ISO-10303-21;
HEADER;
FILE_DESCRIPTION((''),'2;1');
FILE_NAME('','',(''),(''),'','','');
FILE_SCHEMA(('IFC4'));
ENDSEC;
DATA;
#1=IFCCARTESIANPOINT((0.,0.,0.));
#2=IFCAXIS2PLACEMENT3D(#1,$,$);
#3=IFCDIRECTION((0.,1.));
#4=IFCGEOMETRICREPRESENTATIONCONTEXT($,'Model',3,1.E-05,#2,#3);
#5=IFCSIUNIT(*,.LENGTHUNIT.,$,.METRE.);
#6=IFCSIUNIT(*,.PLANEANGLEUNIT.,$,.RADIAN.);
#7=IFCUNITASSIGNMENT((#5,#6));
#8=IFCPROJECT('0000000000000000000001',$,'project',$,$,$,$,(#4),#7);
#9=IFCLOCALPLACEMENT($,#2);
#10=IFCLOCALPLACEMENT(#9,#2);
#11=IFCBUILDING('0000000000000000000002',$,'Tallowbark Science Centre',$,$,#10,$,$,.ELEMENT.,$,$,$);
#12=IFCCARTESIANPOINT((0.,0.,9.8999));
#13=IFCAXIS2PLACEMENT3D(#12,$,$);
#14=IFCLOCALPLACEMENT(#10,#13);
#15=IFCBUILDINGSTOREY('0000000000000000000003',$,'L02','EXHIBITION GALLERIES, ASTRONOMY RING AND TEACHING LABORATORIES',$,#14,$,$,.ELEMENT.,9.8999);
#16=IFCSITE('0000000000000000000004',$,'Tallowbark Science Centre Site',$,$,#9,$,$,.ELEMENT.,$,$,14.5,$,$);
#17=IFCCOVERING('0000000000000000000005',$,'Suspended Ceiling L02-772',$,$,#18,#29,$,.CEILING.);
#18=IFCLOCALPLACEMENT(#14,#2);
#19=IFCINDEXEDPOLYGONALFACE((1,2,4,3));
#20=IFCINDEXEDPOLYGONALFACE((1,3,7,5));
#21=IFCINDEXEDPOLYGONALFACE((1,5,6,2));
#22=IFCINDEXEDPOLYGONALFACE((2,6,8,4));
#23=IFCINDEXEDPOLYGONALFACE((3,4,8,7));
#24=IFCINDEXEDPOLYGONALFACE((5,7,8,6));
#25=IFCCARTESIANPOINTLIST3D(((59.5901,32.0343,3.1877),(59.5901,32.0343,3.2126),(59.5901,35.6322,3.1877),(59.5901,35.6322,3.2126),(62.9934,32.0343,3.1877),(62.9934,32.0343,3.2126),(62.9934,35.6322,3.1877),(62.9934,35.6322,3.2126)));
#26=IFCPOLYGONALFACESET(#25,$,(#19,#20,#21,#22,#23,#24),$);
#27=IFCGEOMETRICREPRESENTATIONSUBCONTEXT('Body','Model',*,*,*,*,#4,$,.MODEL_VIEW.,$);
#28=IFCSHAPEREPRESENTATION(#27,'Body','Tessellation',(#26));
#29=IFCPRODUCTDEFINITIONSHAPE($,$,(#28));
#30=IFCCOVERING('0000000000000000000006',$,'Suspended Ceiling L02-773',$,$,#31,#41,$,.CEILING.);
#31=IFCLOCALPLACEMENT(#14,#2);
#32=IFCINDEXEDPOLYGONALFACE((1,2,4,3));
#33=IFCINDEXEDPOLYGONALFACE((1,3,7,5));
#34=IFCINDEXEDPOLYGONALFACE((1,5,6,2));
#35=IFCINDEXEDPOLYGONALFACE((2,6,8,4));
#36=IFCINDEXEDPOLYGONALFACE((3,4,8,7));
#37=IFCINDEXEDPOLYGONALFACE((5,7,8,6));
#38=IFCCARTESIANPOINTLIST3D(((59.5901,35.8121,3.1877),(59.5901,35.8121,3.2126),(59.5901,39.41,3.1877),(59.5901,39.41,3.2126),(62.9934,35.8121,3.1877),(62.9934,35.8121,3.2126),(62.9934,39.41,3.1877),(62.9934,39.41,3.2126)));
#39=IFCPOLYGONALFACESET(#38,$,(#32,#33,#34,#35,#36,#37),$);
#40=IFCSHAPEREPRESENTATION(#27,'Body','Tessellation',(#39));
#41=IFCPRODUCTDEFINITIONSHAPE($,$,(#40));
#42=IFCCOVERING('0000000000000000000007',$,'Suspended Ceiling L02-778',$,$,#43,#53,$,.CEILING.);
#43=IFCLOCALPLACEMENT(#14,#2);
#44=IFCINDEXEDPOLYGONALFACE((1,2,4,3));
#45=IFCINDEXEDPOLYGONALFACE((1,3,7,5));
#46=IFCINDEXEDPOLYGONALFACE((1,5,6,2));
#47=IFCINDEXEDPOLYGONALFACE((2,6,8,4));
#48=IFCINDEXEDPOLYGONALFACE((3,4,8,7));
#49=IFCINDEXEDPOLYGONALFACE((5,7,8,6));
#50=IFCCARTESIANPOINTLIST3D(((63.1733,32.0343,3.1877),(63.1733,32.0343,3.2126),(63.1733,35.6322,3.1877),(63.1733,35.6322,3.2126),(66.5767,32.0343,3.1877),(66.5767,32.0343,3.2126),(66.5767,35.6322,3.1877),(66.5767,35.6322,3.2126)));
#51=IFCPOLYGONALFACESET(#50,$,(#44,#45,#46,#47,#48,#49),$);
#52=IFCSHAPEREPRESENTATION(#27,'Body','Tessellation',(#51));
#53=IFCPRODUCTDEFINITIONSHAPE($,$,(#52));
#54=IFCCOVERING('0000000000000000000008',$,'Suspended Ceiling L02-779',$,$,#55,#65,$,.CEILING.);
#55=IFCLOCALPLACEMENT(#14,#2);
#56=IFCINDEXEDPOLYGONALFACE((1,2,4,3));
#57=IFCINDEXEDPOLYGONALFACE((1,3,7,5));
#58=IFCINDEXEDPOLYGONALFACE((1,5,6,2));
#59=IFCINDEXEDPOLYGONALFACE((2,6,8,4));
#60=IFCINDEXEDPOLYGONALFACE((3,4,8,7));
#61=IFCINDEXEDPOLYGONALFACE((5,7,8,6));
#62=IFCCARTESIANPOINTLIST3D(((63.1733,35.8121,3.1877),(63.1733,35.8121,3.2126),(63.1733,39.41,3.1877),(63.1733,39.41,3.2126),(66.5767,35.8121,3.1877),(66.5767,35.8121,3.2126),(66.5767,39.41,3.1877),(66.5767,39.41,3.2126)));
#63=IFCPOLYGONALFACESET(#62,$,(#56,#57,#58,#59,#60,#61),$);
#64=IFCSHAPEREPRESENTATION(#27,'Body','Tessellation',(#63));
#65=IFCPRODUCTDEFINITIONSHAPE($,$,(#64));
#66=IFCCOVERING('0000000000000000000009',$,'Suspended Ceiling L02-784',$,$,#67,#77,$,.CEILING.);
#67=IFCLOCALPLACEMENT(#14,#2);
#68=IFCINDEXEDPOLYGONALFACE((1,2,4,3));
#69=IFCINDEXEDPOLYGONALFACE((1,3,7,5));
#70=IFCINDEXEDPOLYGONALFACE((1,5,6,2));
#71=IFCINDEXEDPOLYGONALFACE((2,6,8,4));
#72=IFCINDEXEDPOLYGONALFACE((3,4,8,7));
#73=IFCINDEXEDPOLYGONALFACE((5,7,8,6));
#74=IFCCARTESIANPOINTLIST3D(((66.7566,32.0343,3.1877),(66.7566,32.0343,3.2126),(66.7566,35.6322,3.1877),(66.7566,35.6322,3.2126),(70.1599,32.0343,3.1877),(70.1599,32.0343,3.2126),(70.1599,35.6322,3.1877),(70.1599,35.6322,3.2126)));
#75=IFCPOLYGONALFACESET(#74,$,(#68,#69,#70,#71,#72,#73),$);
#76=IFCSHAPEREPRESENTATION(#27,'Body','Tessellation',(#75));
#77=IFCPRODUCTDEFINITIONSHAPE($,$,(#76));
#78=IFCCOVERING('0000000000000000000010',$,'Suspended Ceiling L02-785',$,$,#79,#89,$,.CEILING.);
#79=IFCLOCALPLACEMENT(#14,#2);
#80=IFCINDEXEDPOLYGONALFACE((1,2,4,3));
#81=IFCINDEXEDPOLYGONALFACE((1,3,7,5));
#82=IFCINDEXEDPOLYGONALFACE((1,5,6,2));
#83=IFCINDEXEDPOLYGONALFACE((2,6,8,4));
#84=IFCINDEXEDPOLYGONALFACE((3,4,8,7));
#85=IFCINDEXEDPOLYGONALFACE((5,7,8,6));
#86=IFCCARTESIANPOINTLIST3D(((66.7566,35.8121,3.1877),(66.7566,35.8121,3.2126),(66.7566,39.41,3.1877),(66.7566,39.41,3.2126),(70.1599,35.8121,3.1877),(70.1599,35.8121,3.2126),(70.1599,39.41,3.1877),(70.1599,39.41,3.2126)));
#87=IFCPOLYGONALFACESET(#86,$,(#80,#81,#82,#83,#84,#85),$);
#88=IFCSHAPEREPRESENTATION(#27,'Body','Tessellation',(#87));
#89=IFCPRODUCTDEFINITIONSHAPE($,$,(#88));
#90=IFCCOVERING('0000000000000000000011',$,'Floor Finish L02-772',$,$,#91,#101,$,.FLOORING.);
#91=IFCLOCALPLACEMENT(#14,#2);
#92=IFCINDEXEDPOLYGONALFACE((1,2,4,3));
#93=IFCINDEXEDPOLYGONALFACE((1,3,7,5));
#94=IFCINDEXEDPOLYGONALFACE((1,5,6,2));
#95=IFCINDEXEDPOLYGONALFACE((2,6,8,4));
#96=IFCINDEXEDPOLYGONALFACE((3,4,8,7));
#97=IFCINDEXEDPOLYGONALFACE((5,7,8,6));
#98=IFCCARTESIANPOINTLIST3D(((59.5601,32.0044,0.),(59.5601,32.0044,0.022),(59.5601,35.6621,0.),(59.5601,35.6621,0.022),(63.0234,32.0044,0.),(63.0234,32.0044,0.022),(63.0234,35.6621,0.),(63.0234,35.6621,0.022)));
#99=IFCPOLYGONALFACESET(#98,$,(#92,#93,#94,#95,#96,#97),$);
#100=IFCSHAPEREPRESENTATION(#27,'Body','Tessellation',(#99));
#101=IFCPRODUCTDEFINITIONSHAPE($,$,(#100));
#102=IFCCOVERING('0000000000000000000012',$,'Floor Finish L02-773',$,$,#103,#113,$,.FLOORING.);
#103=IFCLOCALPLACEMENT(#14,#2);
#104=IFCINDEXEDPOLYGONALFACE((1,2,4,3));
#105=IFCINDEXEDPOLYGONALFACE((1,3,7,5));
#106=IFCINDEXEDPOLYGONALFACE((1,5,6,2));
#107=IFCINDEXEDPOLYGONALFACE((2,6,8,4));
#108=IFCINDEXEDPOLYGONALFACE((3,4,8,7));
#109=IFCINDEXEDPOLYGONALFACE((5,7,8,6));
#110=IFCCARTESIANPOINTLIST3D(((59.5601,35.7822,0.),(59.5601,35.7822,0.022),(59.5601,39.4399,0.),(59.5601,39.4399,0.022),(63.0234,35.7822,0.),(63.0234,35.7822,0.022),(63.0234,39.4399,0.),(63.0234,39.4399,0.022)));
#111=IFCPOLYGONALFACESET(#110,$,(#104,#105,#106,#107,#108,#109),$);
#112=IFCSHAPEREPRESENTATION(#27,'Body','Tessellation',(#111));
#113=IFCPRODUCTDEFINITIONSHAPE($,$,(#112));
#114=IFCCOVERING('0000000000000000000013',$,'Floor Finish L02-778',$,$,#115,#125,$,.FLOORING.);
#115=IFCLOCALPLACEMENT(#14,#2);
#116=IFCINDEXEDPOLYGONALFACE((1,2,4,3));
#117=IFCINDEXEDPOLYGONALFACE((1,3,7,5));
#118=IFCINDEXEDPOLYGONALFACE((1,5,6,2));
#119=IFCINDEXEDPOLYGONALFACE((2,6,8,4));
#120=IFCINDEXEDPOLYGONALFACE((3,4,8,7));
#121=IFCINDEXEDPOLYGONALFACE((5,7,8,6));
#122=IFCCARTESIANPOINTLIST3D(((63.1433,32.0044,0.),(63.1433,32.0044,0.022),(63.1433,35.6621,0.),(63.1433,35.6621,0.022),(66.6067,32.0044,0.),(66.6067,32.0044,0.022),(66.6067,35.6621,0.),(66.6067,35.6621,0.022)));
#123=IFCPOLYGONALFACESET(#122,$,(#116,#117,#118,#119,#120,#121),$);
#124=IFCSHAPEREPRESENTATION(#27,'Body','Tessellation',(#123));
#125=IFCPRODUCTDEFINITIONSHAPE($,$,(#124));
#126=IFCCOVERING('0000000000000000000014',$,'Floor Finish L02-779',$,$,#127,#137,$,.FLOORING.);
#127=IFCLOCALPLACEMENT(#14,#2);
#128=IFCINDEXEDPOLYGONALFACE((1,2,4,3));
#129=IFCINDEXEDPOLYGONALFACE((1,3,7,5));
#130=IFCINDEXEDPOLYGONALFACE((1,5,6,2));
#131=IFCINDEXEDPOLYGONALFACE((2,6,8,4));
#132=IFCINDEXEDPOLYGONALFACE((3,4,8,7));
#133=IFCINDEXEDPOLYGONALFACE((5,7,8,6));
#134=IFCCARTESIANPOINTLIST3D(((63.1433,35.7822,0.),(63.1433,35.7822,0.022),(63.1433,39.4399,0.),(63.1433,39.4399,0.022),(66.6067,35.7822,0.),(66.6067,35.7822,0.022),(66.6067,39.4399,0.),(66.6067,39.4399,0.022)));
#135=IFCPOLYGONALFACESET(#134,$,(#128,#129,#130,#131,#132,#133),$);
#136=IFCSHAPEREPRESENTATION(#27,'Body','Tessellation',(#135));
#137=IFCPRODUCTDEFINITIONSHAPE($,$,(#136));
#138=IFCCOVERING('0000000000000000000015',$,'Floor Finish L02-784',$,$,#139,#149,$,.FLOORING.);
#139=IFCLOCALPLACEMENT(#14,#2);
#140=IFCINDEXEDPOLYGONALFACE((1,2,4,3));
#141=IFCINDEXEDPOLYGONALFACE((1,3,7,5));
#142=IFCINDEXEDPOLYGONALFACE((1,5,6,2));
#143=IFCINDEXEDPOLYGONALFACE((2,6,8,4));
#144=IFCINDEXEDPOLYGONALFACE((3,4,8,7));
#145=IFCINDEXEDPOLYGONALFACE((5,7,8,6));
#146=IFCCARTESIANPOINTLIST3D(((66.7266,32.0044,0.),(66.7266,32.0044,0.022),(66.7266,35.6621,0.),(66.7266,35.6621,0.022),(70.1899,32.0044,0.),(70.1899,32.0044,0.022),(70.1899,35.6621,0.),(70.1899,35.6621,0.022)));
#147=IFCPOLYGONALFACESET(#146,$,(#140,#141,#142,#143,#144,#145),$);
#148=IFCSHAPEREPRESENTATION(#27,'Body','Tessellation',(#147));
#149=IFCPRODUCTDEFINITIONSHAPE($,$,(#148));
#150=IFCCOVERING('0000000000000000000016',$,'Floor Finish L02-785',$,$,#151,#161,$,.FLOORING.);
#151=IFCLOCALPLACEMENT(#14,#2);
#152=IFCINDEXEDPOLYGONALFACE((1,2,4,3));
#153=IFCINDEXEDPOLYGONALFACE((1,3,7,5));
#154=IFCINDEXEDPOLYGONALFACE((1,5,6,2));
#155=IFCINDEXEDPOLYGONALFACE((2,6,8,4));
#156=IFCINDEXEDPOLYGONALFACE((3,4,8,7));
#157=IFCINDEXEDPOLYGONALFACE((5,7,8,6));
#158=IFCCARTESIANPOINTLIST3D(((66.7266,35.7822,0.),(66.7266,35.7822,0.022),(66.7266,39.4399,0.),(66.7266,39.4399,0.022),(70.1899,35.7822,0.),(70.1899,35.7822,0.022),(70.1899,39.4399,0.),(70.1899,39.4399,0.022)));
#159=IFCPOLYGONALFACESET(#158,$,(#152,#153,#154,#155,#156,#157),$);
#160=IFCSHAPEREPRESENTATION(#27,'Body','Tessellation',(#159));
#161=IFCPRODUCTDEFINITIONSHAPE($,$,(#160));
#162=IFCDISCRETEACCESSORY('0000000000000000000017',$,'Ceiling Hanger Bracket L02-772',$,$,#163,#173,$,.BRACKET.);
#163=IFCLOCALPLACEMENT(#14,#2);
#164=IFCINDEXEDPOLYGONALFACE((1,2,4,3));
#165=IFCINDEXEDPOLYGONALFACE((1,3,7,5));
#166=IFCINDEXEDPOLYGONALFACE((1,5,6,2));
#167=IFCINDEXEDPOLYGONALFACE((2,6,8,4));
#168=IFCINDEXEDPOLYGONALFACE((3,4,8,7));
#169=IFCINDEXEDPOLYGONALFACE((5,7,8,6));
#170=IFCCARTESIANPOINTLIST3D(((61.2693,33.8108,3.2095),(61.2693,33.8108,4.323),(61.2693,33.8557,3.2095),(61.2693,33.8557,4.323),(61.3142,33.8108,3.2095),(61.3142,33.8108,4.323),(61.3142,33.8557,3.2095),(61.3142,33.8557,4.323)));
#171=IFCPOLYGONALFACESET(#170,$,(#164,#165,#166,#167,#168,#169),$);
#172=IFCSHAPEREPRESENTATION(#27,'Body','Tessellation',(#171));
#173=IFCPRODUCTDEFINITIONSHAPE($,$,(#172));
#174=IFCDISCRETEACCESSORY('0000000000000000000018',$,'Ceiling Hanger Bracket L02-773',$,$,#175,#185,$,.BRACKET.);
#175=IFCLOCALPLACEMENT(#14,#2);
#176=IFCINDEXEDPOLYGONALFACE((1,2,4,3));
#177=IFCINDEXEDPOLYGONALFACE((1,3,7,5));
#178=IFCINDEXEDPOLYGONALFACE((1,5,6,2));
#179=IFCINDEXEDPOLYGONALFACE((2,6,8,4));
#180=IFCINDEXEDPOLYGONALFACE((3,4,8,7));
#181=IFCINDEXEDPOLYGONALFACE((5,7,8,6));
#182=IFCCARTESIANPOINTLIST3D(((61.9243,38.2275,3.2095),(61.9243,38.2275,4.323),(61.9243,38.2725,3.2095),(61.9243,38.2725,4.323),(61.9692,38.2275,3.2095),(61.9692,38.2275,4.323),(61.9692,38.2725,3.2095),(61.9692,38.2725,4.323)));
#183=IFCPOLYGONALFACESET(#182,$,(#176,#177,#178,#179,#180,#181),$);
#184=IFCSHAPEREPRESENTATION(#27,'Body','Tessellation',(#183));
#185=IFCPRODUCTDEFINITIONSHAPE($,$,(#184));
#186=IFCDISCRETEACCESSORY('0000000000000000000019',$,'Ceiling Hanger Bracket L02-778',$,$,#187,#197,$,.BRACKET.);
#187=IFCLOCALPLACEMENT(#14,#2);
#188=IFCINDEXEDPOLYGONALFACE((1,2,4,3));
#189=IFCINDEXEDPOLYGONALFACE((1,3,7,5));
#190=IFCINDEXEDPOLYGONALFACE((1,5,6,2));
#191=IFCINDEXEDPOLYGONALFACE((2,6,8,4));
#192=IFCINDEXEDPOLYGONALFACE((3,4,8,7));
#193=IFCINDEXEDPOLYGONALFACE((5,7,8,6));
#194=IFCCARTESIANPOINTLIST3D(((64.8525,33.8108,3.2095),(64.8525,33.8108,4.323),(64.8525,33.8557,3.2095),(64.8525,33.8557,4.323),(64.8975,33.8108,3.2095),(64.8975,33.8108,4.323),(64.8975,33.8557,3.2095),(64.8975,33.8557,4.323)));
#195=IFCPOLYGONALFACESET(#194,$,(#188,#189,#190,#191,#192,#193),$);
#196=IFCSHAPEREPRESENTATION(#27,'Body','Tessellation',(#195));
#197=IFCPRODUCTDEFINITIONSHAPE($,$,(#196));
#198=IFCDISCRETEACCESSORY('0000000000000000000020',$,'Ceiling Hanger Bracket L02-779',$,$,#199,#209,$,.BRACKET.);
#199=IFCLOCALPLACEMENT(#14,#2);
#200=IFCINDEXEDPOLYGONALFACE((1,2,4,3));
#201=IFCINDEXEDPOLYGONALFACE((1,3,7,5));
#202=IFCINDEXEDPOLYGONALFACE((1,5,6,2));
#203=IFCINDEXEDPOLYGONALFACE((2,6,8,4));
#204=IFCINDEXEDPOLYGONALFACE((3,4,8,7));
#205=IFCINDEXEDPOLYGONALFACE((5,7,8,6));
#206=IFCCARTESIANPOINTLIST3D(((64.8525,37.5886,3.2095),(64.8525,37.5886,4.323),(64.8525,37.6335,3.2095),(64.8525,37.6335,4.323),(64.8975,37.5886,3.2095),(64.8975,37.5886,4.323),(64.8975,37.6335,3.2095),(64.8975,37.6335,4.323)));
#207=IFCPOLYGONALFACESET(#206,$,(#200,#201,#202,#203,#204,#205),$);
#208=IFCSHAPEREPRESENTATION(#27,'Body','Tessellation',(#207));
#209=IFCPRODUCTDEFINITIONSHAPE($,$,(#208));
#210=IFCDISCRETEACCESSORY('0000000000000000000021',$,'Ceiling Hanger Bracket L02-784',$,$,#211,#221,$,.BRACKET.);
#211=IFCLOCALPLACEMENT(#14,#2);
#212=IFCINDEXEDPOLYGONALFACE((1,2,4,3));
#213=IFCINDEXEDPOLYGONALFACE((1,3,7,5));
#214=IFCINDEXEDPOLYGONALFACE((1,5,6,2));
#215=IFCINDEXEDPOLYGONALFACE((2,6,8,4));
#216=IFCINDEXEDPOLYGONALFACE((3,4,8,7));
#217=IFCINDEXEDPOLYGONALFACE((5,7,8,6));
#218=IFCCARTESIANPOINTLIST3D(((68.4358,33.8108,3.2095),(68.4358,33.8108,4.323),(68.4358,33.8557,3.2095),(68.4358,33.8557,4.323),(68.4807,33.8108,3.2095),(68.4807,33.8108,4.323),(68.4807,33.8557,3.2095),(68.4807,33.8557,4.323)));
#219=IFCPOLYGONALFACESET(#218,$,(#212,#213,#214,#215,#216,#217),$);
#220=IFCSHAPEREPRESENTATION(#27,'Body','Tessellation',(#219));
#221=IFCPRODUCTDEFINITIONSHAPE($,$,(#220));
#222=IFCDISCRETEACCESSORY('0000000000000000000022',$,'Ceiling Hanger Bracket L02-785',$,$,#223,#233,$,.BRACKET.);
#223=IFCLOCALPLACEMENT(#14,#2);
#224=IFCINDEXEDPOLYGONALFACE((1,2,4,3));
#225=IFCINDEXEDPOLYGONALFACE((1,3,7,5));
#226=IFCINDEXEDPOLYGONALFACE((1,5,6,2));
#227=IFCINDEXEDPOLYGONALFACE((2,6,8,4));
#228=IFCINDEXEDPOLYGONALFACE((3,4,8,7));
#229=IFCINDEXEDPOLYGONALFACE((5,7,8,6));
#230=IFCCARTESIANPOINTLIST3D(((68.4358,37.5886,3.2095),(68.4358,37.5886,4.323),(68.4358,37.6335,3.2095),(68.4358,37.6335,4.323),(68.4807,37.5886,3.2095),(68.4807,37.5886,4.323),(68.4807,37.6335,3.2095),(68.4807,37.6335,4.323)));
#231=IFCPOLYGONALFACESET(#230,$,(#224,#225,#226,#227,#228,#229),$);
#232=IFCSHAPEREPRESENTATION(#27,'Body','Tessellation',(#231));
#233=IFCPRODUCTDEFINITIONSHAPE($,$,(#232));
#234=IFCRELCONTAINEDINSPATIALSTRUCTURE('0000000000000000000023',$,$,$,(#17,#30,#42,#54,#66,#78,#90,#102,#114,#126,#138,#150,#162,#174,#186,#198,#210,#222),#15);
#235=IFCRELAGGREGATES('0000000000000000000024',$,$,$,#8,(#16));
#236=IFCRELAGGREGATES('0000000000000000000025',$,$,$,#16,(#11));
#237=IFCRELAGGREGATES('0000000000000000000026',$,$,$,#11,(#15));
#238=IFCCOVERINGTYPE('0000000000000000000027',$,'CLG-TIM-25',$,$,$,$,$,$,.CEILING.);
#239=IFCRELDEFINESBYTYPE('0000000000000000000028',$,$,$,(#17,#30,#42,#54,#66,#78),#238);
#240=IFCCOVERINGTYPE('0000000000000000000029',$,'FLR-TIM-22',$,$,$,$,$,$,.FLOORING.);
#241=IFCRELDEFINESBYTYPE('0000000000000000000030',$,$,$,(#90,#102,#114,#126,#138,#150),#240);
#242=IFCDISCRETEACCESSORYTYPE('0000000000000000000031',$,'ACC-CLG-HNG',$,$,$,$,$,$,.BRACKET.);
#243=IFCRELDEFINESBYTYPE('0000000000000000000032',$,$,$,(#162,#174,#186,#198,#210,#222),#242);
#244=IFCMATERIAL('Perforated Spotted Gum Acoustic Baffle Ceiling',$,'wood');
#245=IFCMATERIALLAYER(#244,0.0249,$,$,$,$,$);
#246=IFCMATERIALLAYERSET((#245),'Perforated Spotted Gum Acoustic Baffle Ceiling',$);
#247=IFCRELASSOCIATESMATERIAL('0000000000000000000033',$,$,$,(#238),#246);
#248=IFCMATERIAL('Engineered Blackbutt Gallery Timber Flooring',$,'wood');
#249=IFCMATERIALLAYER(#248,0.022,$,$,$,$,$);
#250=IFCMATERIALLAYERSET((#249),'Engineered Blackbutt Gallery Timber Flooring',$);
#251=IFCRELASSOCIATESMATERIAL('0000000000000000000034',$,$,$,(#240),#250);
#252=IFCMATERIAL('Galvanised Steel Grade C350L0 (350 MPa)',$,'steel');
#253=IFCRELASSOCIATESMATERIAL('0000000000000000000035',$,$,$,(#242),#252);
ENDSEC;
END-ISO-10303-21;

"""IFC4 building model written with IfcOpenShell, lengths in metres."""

from ifc_helpers import new_model, si_unit, direction, frame, origin, origin_2d, place, context, subcontext, project, spatial, rectangle, extrude, material, layer, layer_set, type_object, element, save


model = new_model("IFC4")

# Units and contexts
model_context = context("Model", 3, precision=1e-05, world=origin(), true_north=direction((0.0, 1.0)))
body_context = subcontext(model_context, "Body", "Model", "MODEL_VIEW")
ifc_project = project(units=[si_unit("LENGTHUNIT", "METRE"), si_unit("PLANEANGLEUNIT", "RADIAN")], contexts=[model_context])

# Site, building, storey
site_placement = place(None, origin())
site = spatial("IfcSite", under=ifc_project, at=site_placement, Name="Tallowbark Science Centre Site", CompositionType="ELEMENT", RefElevation=14.5)
building_placement = place(site_placement, origin())
building = spatial("IfcBuilding", under=site, at=building_placement, Name="Tallowbark Science Centre", CompositionType="ELEMENT")
storey_placement = place(building_placement, frame((0.0, 0.0, 9.8999)))
storey = spatial("IfcBuildingStorey", under=building, at=storey_placement, Name="L02", Description="EXHIBITION GALLERIES, ASTRONOMY RING AND TEACHING LABORATORIES", CompositionType="ELEMENT", Elevation=9.8999)

# Coverings
ifc_material_1 = material(Name="Perforated Spotted Gum Acoustic Baffle Ceiling", Category="wood")
ifc_layer_1 = layer(ifc_material_1, 0.0249)
ifc_layer_set_1 = layer_set([ifc_layer_1], Name="Perforated Spotted Gum Acoustic Baffle Ceiling")
covering_type_1 = type_object("IfcCoveringType", Name="CLG-TIM-25", PredefinedType="CEILING", material=ifc_layer_set_1)
for number, where, z_axis, x_axis, name in (
    (1, (61.2917, 33.8333, 3.1877), (0.0, 0.0, 1.0), (1.0, 0.0, 0.0), "Suspended Ceiling L02-772"),
    (2, (61.2917, 37.6111, 3.1877), (0.0, 0.0, 1.0), (1.0, 0.0, 0.0), "Suspended Ceiling L02-773"),
    (3, (64.875, 33.8333, 3.1877), (0.0, 0.0, 1.0), (1.0, 0.0, 0.0), "Suspended Ceiling L02-778"),
    (4, (64.875, 37.6111, 3.1877), (0.0, 0.0, 1.0), (1.0, 0.0, 0.0), "Suspended Ceiling L02-779"),
    (5, (68.4583, 33.8333, 3.1877), (0.0, 0.0, 1.0), (1.0, 0.0, 0.0), "Suspended Ceiling L02-784"),
    (6, (68.4583, 37.6111, 3.1877), (0.0, 0.0, 1.0), (1.0, 0.0, 0.0), "Suspended Ceiling L02-785"),
):
    element("IfcCovering", number, at=place(storey_placement, frame(where, z_axis=z_axis, x_axis=x_axis)), inside=storey, type_object=covering_type_1, Name=name, PredefinedType="CEILING", context=body_context, shape_type="SweptSolid", body=[
        extrude(rectangle(XDim=3.4033, YDim=3.5979, at=origin_2d()), origin(), (0.0, 0.0, 1.0), 0.0249),
    ])
ifc_material_2 = material(Name="Engineered Blackbutt Gallery Timber Flooring", Category="wood")
ifc_layer_2 = layer(ifc_material_2, 0.022)
ifc_layer_set_2 = layer_set([ifc_layer_2], Name="Engineered Blackbutt Gallery Timber Flooring")
covering_type_2 = type_object("IfcCoveringType", Name="FLR-TIM-22", PredefinedType="FLOORING", material=ifc_layer_set_2)
for number, where, z_axis, x_axis, name in (
    (7, (61.2917, 33.8333, 0.0), (0.0, 0.0, 1.0), (1.0, 0.0, 0.0), "Floor Finish L02-772"),
    (8, (61.2917, 37.6111, 0.0), (0.0, 0.0, 1.0), (1.0, 0.0, 0.0), "Floor Finish L02-773"),
    (9, (64.875, 33.8333, 0.0), (0.0, 0.0, 1.0), (1.0, 0.0, 0.0), "Floor Finish L02-778"),
    (10, (64.875, 37.6111, 0.0), (0.0, 0.0, 1.0), (1.0, 0.0, 0.0), "Floor Finish L02-779"),
    (11, (68.4583, 33.8333, 0.0), (0.0, 0.0, 1.0), (1.0, 0.0, 0.0), "Floor Finish L02-784"),
    (12, (68.4583, 37.6111, 0.0), (0.0, 0.0, 1.0), (1.0, 0.0, 0.0), "Floor Finish L02-785"),
):
    element("IfcCovering", number, at=place(storey_placement, frame(where, z_axis=z_axis, x_axis=x_axis)), inside=storey, type_object=covering_type_2, Name=name, PredefinedType="FLOORING", context=body_context, shape_type="SweptSolid", body=[
        extrude(rectangle(XDim=3.4634, YDim=3.6577, at=origin_2d()), origin(), (0.0, 0.0, 1.0), 0.022),
    ])

# Discrete accessories
ifc_material_3 = material(Name="Galvanised Steel Grade C350L0 (350 MPa)", Category="steel")
discrete_accessory_type = type_object("IfcDiscreteAccessoryType", Name="ACC-CLG-HNG", PredefinedType="BRACKET", material=ifc_material_3)
for number, where, z_axis, x_axis, name in (
    (13, (61.2917, 33.8333, 3.2095), (0.0, 0.0, 1.0), (1.0, 0.0, 0.0), "Ceiling Hanger Bracket L02-772"),
    (14, (61.9468, 38.25, 3.2095), (0.0, 0.0, 1.0), (1.0, 0.0, 0.0), "Ceiling Hanger Bracket L02-773"),
    (15, (64.875, 33.8333, 3.2095), (0.0, 0.0, 1.0), (1.0, 0.0, 0.0), "Ceiling Hanger Bracket L02-778"),
    (16, (64.875, 37.6111, 3.2095), (0.0, 0.0, 1.0), (1.0, 0.0, 0.0), "Ceiling Hanger Bracket L02-779"),
    (17, (68.4583, 33.8333, 3.2095), (0.0, 0.0, 1.0), (1.0, 0.0, 0.0), "Ceiling Hanger Bracket L02-784"),
    (18, (68.4583, 37.6111, 3.2095), (0.0, 0.0, 1.0), (1.0, 0.0, 0.0), "Ceiling Hanger Bracket L02-785"),
):
    element("IfcDiscreteAccessory", number, at=place(storey_placement, frame(where, z_axis=z_axis, x_axis=x_axis)), inside=storey, type_object=discrete_accessory_type, Name=name, PredefinedType="BRACKET", context=body_context, shape_type="SweptSolid", body=[
        extrude(rectangle(XDim=0.0449, YDim=0.0449, at=origin_2d()), origin(), (0.0, 0.0, 1.0), 1.1135),
    ])

save(model, "model.ifc")
